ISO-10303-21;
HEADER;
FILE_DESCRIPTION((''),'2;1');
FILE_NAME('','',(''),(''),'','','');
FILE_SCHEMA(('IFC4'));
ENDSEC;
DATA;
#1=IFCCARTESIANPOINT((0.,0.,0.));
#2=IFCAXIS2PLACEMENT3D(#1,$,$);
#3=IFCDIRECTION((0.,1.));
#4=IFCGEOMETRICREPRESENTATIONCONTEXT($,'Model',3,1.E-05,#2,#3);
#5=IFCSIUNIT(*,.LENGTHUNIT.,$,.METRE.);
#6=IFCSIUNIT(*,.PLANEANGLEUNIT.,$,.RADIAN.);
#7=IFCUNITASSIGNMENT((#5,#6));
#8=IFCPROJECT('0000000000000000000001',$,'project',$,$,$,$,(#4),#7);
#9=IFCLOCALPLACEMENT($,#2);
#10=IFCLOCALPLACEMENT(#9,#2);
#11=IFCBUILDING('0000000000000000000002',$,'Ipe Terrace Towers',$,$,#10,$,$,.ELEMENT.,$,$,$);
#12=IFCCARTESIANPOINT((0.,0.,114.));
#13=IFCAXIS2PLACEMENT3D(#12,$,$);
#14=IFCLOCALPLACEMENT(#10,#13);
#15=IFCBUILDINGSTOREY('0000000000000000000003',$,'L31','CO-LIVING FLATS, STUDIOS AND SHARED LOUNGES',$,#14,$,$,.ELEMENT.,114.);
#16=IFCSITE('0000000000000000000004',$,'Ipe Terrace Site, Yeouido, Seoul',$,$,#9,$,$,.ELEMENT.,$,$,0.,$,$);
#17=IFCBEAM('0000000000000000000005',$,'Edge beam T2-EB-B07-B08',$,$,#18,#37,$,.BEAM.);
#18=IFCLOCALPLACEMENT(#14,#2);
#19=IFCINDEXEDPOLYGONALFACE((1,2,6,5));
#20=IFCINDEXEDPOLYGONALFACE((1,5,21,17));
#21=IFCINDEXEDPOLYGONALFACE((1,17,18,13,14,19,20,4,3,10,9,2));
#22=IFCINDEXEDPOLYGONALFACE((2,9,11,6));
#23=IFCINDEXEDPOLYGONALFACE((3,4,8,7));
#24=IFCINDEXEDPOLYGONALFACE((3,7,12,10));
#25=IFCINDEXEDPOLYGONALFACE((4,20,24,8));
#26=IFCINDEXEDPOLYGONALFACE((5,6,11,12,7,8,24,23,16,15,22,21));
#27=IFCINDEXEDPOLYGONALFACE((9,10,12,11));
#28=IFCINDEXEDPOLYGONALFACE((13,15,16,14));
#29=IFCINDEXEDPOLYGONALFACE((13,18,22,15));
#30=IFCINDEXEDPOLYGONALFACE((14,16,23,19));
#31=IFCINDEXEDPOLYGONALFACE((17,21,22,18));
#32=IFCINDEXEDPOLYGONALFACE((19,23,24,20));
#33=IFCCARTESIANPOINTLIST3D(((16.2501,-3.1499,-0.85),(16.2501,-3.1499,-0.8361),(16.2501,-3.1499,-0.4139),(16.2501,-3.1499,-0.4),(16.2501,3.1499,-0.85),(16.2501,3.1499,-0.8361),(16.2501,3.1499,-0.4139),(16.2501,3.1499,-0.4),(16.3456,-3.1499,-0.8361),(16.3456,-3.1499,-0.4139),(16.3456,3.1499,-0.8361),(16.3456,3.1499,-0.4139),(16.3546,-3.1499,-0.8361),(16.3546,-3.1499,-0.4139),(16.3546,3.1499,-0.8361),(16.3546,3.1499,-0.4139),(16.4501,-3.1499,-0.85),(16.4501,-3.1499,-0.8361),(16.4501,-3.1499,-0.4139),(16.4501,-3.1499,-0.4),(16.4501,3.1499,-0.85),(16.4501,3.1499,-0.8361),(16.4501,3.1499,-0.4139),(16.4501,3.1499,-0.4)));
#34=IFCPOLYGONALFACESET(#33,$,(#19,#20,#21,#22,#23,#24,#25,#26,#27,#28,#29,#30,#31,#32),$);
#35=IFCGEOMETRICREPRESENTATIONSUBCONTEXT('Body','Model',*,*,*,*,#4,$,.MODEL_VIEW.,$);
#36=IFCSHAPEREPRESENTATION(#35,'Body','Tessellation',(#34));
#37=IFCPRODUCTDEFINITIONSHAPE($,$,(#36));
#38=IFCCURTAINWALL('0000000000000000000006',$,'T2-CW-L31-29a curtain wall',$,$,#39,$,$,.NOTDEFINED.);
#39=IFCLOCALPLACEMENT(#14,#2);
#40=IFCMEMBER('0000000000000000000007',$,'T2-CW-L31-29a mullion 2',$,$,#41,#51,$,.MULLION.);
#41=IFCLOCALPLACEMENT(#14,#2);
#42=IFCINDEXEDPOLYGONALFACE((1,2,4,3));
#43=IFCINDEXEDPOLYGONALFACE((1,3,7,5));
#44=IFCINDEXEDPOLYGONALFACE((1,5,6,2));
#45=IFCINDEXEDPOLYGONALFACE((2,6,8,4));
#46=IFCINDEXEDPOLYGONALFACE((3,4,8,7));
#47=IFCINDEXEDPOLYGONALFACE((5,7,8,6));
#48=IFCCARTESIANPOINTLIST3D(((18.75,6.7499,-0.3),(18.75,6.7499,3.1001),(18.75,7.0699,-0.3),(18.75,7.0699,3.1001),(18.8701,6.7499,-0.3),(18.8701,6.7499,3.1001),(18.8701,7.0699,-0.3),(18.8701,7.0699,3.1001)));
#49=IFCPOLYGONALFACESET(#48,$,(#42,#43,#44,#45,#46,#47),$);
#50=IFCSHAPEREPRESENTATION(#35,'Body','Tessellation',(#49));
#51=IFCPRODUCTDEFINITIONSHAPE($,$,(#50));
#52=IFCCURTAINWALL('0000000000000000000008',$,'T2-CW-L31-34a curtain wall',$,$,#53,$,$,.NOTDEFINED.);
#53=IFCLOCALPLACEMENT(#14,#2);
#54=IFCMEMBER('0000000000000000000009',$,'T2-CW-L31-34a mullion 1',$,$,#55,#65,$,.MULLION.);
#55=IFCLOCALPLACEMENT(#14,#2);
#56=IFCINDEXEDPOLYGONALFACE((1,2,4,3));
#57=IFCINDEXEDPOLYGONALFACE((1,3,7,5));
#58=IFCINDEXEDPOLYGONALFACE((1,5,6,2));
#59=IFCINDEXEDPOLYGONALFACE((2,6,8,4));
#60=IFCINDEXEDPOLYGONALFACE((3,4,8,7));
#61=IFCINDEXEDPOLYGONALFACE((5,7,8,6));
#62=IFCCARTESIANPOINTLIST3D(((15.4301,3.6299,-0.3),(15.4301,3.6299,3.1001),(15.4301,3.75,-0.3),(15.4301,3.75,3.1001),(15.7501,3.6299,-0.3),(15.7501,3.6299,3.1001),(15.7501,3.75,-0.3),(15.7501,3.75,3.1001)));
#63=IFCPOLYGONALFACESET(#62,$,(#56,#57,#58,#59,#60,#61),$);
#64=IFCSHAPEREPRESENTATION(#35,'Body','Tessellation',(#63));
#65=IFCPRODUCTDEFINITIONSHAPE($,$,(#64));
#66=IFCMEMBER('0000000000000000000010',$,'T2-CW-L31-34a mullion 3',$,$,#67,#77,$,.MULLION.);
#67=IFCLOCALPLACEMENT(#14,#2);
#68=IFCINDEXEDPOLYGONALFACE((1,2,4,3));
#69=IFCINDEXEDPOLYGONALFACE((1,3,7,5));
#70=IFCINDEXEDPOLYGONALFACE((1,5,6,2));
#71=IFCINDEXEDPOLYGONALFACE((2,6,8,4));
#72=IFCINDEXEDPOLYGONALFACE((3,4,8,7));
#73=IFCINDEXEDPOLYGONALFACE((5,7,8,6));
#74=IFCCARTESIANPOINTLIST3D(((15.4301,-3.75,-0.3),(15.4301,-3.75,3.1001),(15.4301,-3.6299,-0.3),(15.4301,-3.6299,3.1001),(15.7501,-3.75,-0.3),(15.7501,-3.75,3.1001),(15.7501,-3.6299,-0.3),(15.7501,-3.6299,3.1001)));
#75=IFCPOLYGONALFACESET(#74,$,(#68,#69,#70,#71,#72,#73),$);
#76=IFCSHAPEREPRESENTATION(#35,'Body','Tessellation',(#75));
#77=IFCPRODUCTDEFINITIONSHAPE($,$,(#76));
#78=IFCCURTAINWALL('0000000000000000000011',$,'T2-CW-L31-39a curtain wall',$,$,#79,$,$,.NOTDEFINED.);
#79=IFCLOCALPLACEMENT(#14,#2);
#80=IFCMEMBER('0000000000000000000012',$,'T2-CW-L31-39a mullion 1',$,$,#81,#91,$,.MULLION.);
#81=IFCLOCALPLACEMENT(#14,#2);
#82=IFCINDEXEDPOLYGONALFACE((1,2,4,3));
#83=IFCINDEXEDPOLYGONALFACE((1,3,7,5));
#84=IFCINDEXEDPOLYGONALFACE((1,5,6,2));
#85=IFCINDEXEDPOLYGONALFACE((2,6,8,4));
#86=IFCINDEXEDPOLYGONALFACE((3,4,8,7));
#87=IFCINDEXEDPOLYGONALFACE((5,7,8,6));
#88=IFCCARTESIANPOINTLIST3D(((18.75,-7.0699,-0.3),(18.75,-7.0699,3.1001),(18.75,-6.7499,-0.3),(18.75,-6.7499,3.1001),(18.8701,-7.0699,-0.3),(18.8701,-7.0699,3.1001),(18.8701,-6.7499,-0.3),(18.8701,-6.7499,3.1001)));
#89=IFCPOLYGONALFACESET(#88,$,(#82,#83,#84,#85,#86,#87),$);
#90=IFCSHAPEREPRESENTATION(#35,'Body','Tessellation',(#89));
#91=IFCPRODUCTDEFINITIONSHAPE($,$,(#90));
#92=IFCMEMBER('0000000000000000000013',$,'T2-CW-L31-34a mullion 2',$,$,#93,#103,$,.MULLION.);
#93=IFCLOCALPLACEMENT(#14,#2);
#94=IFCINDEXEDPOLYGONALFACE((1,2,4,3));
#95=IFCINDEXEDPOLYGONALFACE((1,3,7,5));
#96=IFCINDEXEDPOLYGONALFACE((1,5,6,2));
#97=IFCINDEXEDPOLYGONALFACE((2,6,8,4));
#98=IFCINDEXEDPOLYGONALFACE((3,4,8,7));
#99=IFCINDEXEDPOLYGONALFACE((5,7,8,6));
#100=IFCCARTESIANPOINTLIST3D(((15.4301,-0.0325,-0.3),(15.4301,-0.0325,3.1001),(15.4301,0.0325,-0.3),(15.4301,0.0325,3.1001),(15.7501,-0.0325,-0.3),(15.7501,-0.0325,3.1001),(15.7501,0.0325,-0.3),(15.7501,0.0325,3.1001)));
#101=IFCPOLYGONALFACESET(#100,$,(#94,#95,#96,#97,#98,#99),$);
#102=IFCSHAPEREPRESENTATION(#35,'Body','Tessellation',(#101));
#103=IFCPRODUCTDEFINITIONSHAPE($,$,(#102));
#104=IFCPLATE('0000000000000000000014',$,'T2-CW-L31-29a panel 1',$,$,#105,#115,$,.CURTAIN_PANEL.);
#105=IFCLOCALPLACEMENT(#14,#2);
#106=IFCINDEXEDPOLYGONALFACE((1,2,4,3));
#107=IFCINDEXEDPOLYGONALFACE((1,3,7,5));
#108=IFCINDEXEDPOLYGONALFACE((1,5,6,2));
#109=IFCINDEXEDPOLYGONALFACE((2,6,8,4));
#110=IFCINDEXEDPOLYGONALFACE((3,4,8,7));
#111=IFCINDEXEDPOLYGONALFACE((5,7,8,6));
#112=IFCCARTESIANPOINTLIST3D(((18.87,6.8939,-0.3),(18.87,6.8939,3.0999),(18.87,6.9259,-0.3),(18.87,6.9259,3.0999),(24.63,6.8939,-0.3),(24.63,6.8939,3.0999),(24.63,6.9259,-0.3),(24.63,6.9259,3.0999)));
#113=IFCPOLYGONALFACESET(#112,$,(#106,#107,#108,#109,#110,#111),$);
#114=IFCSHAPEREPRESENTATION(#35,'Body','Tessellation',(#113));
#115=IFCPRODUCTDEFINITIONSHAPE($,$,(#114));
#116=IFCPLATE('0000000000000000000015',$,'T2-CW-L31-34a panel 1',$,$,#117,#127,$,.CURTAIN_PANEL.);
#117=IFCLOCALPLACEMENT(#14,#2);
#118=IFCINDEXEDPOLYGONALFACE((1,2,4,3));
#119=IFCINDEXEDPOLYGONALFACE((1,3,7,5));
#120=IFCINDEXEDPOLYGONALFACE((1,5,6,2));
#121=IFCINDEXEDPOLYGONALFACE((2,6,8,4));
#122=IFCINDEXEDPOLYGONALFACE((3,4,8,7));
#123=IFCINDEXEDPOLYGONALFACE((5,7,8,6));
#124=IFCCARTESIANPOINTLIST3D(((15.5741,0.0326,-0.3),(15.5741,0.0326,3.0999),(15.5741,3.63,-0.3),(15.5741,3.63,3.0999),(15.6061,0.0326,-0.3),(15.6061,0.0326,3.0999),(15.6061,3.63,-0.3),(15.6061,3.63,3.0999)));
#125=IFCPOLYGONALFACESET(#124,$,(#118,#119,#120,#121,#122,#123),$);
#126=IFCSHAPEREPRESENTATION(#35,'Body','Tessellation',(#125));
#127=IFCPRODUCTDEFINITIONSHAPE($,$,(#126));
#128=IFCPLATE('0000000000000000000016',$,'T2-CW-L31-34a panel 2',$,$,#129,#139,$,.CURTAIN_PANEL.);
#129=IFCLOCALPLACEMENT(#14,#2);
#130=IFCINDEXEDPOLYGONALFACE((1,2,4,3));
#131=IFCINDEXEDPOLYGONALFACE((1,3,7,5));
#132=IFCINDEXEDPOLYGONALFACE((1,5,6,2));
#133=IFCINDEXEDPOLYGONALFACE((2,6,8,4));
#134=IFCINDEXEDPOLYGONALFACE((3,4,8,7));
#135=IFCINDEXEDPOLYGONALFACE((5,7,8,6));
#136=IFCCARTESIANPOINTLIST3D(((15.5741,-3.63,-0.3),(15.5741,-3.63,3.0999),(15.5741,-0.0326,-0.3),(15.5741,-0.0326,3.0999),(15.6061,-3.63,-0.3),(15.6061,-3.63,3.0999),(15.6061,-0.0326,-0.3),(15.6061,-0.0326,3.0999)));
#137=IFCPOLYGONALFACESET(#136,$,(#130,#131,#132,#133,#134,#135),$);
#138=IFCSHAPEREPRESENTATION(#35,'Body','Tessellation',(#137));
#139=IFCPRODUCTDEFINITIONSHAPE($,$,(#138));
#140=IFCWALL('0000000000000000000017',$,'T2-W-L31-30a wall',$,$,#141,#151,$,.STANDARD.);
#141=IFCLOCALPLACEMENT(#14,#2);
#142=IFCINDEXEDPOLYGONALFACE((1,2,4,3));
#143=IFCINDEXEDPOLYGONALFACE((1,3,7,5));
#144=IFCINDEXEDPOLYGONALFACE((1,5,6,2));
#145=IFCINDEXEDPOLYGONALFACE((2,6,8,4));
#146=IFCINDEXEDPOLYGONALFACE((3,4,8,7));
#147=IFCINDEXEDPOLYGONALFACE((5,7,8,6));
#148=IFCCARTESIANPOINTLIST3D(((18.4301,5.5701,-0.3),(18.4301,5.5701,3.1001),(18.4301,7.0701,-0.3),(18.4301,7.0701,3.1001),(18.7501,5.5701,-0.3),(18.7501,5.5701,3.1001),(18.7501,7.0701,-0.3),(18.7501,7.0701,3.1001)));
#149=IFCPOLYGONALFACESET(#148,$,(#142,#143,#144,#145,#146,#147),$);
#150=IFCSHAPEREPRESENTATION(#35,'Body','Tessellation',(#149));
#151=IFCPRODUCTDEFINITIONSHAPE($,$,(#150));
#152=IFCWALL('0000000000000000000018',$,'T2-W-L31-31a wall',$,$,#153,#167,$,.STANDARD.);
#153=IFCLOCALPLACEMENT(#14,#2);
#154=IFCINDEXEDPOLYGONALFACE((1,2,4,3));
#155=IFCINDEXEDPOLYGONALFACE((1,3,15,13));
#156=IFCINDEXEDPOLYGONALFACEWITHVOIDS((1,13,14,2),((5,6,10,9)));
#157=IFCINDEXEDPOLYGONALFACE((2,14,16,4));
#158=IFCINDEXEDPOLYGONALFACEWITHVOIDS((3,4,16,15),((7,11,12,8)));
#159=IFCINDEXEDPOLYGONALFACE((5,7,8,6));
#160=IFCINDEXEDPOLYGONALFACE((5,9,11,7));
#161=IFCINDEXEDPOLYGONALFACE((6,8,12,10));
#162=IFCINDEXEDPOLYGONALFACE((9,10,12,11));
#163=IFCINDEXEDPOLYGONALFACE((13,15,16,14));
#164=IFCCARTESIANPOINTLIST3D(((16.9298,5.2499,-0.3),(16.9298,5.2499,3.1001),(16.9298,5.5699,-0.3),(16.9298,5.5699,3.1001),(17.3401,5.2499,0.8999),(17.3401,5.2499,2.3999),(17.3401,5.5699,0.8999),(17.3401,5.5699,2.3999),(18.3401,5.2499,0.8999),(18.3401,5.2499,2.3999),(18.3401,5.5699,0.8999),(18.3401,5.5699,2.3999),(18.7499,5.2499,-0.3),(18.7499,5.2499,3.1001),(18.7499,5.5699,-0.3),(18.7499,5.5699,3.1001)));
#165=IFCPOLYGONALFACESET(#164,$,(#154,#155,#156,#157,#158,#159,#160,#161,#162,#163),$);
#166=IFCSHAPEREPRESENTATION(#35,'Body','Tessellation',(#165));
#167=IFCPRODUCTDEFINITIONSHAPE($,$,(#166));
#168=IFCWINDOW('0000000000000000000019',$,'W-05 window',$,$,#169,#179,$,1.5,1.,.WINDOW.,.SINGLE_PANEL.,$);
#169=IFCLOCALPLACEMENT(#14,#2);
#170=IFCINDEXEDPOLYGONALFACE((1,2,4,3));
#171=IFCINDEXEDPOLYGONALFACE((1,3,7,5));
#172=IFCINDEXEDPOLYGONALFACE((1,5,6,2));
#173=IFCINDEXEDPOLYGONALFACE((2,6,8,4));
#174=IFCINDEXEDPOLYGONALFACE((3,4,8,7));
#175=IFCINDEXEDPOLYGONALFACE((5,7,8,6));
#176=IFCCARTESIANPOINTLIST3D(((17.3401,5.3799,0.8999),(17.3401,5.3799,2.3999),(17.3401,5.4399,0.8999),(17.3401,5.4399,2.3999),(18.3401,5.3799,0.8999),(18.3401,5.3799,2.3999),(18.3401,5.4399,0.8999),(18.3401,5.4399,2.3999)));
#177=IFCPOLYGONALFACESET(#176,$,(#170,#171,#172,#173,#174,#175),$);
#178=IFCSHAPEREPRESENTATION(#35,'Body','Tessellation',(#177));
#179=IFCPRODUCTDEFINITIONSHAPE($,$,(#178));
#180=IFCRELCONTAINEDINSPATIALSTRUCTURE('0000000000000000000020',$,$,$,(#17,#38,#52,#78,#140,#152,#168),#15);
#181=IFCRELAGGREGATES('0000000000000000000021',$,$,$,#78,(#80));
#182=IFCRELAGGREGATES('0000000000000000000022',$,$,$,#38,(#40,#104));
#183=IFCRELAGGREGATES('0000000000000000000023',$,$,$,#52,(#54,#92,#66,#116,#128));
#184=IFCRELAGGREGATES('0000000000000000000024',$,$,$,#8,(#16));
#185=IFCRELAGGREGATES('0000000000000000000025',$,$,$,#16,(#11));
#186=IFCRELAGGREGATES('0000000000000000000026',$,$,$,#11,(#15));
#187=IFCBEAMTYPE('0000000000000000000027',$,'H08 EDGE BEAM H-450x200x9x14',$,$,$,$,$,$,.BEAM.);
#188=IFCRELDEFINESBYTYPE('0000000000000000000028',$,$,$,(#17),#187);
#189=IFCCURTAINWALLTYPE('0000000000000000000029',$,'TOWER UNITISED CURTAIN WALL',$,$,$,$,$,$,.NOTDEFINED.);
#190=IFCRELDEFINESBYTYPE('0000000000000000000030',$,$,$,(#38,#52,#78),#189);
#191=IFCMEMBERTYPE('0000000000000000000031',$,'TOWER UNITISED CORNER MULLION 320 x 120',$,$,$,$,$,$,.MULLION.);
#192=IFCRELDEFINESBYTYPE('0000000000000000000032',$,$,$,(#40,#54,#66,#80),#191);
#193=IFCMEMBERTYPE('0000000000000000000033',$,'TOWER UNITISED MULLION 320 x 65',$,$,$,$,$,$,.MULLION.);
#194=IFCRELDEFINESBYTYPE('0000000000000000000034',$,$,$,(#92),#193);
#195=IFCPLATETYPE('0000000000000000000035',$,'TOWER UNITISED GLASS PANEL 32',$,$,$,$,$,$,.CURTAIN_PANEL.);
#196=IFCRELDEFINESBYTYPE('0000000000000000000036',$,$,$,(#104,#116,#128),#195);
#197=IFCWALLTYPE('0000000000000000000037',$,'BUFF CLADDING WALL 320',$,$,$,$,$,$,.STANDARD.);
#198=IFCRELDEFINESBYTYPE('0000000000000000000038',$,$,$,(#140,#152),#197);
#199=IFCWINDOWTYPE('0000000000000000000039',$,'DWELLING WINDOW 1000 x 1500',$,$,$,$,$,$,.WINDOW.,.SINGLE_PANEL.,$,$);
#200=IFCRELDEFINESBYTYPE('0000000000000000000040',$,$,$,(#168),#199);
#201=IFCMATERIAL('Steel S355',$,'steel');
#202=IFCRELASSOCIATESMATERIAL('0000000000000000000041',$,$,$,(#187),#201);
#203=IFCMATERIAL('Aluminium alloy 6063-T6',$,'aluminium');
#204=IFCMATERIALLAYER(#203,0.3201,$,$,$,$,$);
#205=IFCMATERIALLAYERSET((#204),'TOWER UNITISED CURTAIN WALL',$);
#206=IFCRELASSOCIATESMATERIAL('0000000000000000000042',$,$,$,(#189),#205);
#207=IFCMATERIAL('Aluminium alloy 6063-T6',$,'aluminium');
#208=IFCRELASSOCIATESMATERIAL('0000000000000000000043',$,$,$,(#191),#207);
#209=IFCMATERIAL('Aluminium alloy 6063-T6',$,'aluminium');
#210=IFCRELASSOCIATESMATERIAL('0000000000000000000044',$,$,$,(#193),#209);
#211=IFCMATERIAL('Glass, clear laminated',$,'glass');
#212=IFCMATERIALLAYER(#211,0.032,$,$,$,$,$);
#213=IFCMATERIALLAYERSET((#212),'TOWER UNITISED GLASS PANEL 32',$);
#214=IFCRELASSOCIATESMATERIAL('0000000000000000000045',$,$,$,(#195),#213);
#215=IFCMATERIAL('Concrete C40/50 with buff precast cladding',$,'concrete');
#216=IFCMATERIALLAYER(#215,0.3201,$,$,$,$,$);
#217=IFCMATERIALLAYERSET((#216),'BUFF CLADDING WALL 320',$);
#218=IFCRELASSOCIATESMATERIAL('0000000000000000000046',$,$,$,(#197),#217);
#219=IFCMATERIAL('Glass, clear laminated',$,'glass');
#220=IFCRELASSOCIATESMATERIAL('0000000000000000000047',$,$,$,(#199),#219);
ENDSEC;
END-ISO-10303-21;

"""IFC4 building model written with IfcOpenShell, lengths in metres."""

from ifc_helpers import new_model, si_unit, direction, frame, frame_2d, origin, origin_2d, place, context, subcontext, project, spatial, rectangle, i_section, extrude, material, layer, layer_set, material_profile, profile_set, type_object, element, fill, aggregate, save


model = new_model("IFC4")

# Units and contexts
model_context = context("Model", 3, precision=1e-05, world=origin(), true_north=direction((0.0, 1.0)))
body_context = subcontext(model_context, "Body", "Model", "MODEL_VIEW")
ifc_project = project(units=[si_unit("LENGTHUNIT", "METRE"), si_unit("PLANEANGLEUNIT", "RADIAN")], contexts=[model_context])

# Site, building, storey
site_placement = place(None, origin())
site = spatial("IfcSite", under=ifc_project, at=site_placement, Name="Ipe Terrace Site, Yeouido, Seoul", CompositionType="ELEMENT", RefElevation=0.0)
building_placement = place(site_placement, origin())
building = spatial("IfcBuilding", under=site, at=building_placement, Name="Ipe Terrace Towers", CompositionType="ELEMENT")
storey_placement = place(building_placement, frame((0.0, 0.0, 114.0)))
storey = spatial("IfcBuildingStorey", under=building, at=storey_placement, Name="L31", Description="CO-LIVING FLATS, STUDIOS AND SHARED LOUNGES", CompositionType="ELEMENT", Elevation=114.0)

# Beam
ifc_material_1 = material(Name="Steel S355", Category="steel")
ifc_material_profile_1 = material_profile(ifc_material_1, i_section(OverallWidth=0.2, OverallDepth=0.45, WebThickness=0.009, FlangeThickness=0.0139, at=origin_2d()), Name="H-450x200x9x14")
ifc_profile_set_1 = profile_set([ifc_material_profile_1], Name="Steel S355")
beam_type_1 = type_object("IfcBeamType", Name="H08 EDGE BEAM H-450x200x9x14", PredefinedType="BEAM", material=ifc_profile_set_1)
beam_placement = place(storey_placement, frame((16.3501, 3.1499, -0.625), z_axis=(0.0, -1.0, 0.0), x_axis=(1.0, 0.0, 0.0)))
element("IfcBeam", 1, at=beam_placement, inside=storey, type_object=beam_type_1, Name="Edge beam T2-EB-B07-B08", PredefinedType="BEAM", context=body_context, shape_type="SweptSolid", body=[
    extrude(i_section(OverallWidth=0.2, OverallDepth=0.45, WebThickness=0.009, FlangeThickness=0.0139, at=origin_2d()), origin(), (0.0, 0.0, 1.0), 6.2998),
])

# Curtain wall, member
ifc_material_2 = material(Name="Aluminium alloy 6063-T6", Category="aluminium")
ifc_layer_1 = layer(ifc_material_2, 0.3201)
ifc_layer_set_1 = layer_set([ifc_layer_1], Name="TOWER UNITISED CURTAIN WALL")
curtain_wall_type = type_object("IfcCurtainWallType", Name="TOWER UNITISED CURTAIN WALL", PredefinedType="NOTDEFINED", material=ifc_layer_set_1)
curtain_wall_1_placement = place(storey_placement, origin())
curtain_wall_1 = element("IfcCurtainWall", 2, at=curtain_wall_1_placement, inside=storey, type_object=curtain_wall_type, Name="T2-CW-L31-29a curtain wall", PredefinedType="NOTDEFINED")
ifc_material_3 = material(Name="Aluminium alloy 6063-T6", Category="aluminium")
ifc_material_profile_2 = material_profile(ifc_material_3, rectangle(XDim=0.3201, YDim=0.1201, at=origin_2d()), Name="TOWER UNITISED CORNER MULLION 320 x 120")
ifc_profile_set_2 = profile_set([ifc_material_profile_2], Name="Aluminium alloy 6063-T6")
member_type_1 = type_object("IfcMemberType", Name="TOWER UNITISED CORNER MULLION 320 x 120", PredefinedType="MULLION", material=ifc_profile_set_2)
member_1_placement = place(storey_placement, frame((18.8101, 6.9099, -0.3), z_axis=(0.0, 0.0, 1.0), x_axis=(0.0, 1.0, 0.0)))
member_1 = element("IfcMember", 3, at=member_1_placement, type_object=member_type_1, Name="T2-CW-L31-29a mullion 2", PredefinedType="MULLION", context=body_context, shape_type="SweptSolid", body=[
    extrude(rectangle(XDim=0.3201, YDim=0.1201, at=origin_2d()), origin(), (0.0, 0.0, 1.0), 3.4001),
])

# Curtain wall, members
curtain_wall_2_placement = place(storey_placement, origin())
curtain_wall_2 = element("IfcCurtainWall", 4, at=curtain_wall_2_placement, inside=storey, type_object=curtain_wall_type, Name="T2-CW-L31-34a curtain wall", PredefinedType="NOTDEFINED")
member_2_placement = place(storey_placement, frame((15.5901, 3.6899, -0.3), z_axis=(0.0, 0.0, 1.0), x_axis=(-1.0, 0.0, 0.0)))
member_2 = element("IfcMember", 5, at=member_2_placement, type_object=member_type_1, Name="T2-CW-L31-34a mullion 1", PredefinedType="MULLION", context=body_context, shape_type="SweptSolid", body=[
    extrude(rectangle(XDim=0.3201, YDim=0.1201, at=origin_2d()), origin(), (0.0, 0.0, 1.0), 3.4001),
])
member_3_placement = place(storey_placement, frame((15.5901, -3.6899, -0.3), z_axis=(0.0, 0.0, 1.0), x_axis=(-1.0, 0.0, 0.0)))
member_3 = element("IfcMember", 6, at=member_3_placement, type_object=member_type_1, Name="T2-CW-L31-34a mullion 3", PredefinedType="MULLION", context=body_context, shape_type="SweptSolid", body=[
    extrude(rectangle(XDim=0.3201, YDim=0.1201, at=origin_2d()), origin(), (0.0, 0.0, 1.0), 3.4001),
])

# Curtain wall, member
curtain_wall_3_placement = place(storey_placement, origin())
curtain_wall_3 = element("IfcCurtainWall", 7, at=curtain_wall_3_placement, inside=storey, type_object=curtain_wall_type, Name="T2-CW-L31-39a curtain wall", PredefinedType="NOTDEFINED")
member_4_placement = place(storey_placement, frame((18.8101, -6.9099, -0.3), z_axis=(0.0, 0.0, 1.0), x_axis=(0.0, -1.0, 0.0)))
member_4 = element("IfcMember", 8, at=member_4_placement, type_object=member_type_1, Name="T2-CW-L31-39a mullion 1", PredefinedType="MULLION", context=body_context, shape_type="SweptSolid", body=[
    extrude(rectangle(XDim=0.3201, YDim=0.1201, at=origin_2d()), origin(), (0.0, 0.0, 1.0), 3.4001),
])
aggregate(curtain_wall_3, [member_4])

# Member
ifc_material_4 = material(Name="Aluminium alloy 6063-T6", Category="aluminium")
ifc_material_profile_3 = material_profile(ifc_material_4, rectangle(XDim=0.3201, YDim=0.0649, at=origin_2d()), Name="TOWER UNITISED MULLION 320 x 65")
ifc_profile_set_3 = profile_set([ifc_material_profile_3], Name="Aluminium alloy 6063-T6")
member_type_2 = type_object("IfcMemberType", Name="TOWER UNITISED MULLION 320 x 65", PredefinedType="MULLION", material=ifc_profile_set_3)
member_5_placement = place(storey_placement, frame((15.5901, 0.0, -0.3), z_axis=(0.0, 0.0, 1.0), x_axis=(-1.0, 0.0, 0.0)))
member_5 = element("IfcMember", 9, at=member_5_placement, type_object=member_type_2, Name="T2-CW-L31-34a mullion 2", PredefinedType="MULLION", context=body_context, shape_type="SweptSolid", body=[
    extrude(rectangle(XDim=0.3201, YDim=0.0649, at=origin_2d()), origin(), (0.0, 0.0, 1.0), 3.4001),
])

# Plates
ifc_material_5 = material(Name="Glass, clear laminated", Category="glass")
ifc_layer_2 = layer(ifc_material_5, 0.032)
ifc_layer_set_2 = layer_set([ifc_layer_2], Name="TOWER UNITISED GLASS PANEL 32")
plate_type = type_object("IfcPlateType", Name="TOWER UNITISED GLASS PANEL 32", PredefinedType="CURTAIN_PANEL", material=ifc_layer_set_2)
plate_1_placement = place(storey_placement, frame((21.75, 6.9099, -0.3), z_axis=(0.0, 0.0, 1.0), x_axis=(-1.0, 0.0, 0.0)))
plate_1 = element("IfcPlate", 10, at=plate_1_placement, type_object=plate_type, Name="T2-CW-L31-29a panel 1", PredefinedType="CURTAIN_PANEL", context=body_context, shape_type="SweptSolid", body=[
    extrude(rectangle(XDim=5.76, YDim=0.032, at=origin_2d()), origin(), (0.0, 0.0, 1.0), 3.3999),
])
aggregate(curtain_wall_1, [member_1, plate_1])
plate_2_placement = place(storey_placement, frame((15.5901, 1.8313, -0.3), z_axis=(0.0, 0.0, 1.0), x_axis=(0.0, -1.0, 0.0)))
plate_2 = element("IfcPlate", 11, at=plate_2_placement, type_object=plate_type, Name="T2-CW-L31-34a panel 1", PredefinedType="CURTAIN_PANEL", context=body_context, shape_type="SweptSolid", body=[
    extrude(rectangle(XDim=3.5974, YDim=0.032, at=origin_2d()), origin(), (0.0, 0.0, 1.0), 3.3999),
])
plate_3_placement = place(storey_placement, frame((15.5901, -1.8313, -0.3), z_axis=(0.0, 0.0, 1.0), x_axis=(0.0, -1.0, 0.0)))
plate_3 = element("IfcPlate", 12, at=plate_3_placement, type_object=plate_type, Name="T2-CW-L31-34a panel 2", PredefinedType="CURTAIN_PANEL", context=body_context, shape_type="SweptSolid", body=[
    extrude(rectangle(XDim=3.5974, YDim=0.032, at=origin_2d()), origin(), (0.0, 0.0, 1.0), 3.3999),
])
aggregate(curtain_wall_2, [member_2, member_5, member_3, plate_2, plate_3])

# Wall
ifc_material_6 = material(Name="Concrete C40/50 with buff precast cladding", Category="concrete")
ifc_layer_3 = layer(ifc_material_6, 0.3201)
ifc_layer_set_3 = layer_set([ifc_layer_3], Name="BUFF CLADDING WALL 320")
wall_type_1 = type_object("IfcWallType", Name="BUFF CLADDING WALL 320", PredefinedType="STANDARD", material=ifc_layer_set_3)
wall_1_placement = place(storey_placement, frame((18.5901, 7.0701, -0.3), z_axis=(0.0, 0.0, 1.0), x_axis=(0.0, -1.0, 0.0)))
element("IfcWall", 13, at=wall_1_placement, inside=storey, type_object=wall_type_1, Name="T2-W-L31-30a wall", PredefinedType="STANDARD", context=body_context, shape_type="SweptSolid", body=[
    extrude(rectangle(XDim=1.5, YDim=0.3201, at=frame_2d((0.75, 0.0))), origin(), (0.0, 0.0, 1.0), 3.4001),
])

# Wall, opening, window
wall_2_placement = place(storey_placement, frame((18.75, 5.4099, -0.3), z_axis=(0.0, 0.0, 1.0), x_axis=(-1.0, 0.0, 0.0)))
wall_2 = element("IfcWall", 14, at=wall_2_placement, inside=storey, type_object=wall_type_1, Name="T2-W-L31-31a wall", PredefinedType="STANDARD", context=body_context, shape_type="SweptSolid", body=[
    extrude(rectangle(XDim=1.8201, YDim=0.3201, at=frame_2d((0.9102, 0.0))), origin(), (0.0, 0.0, 1.0), 3.4001),
])
opening_1_placement = place(wall_2_placement, frame((0.4099, 0.0, 1.2)))
opening_1 = element("IfcOpeningElement", 15, at=opening_1_placement, cuts=wall_2, PredefinedType="OPENING", context=body_context, shape_type="SweptSolid", body=[
    extrude(rectangle(XDim=1.0, YDim=1.5, at=frame_2d((0.5, 0.75))), frame((0.0, 0.1699, 0.0), z_axis=(0.0, -1.0, 0.0), x_axis=(1.0, 0.0, 0.0)), (0.0, 0.0, 1.0), 0.3401),
])
ifc_material_7 = material(Name="Glass, clear laminated", Category="glass")
window_type = type_object("IfcWindowType", Name="DWELLING WINDOW 1000 x 1500", PartitioningType="SINGLE_PANEL", PredefinedType="WINDOW", material=ifc_material_7)
window_1_placement = place(opening_1_placement, origin())
window_1 = element("IfcWindow", 16, at=window_1_placement, inside=storey, type_object=window_type, Name="W-05 window", OverallHeight=1.5, OverallWidth=1.0, PartitioningType="SINGLE_PANEL", PredefinedType="WINDOW", context=body_context, shape_type="SweptSolid", body=[
    extrude(rectangle(XDim=1.0, YDim=1.5, at=frame_2d((0.5, 0.75))), frame((0.0, 0.03, 0.0), z_axis=(0.0, -1.0, 0.0), x_axis=(1.0, 0.0, 0.0)), (0.0, 0.0, 1.0), 0.0601),
])
fill(opening_1, window_1)

save(model, "model.ifc")
